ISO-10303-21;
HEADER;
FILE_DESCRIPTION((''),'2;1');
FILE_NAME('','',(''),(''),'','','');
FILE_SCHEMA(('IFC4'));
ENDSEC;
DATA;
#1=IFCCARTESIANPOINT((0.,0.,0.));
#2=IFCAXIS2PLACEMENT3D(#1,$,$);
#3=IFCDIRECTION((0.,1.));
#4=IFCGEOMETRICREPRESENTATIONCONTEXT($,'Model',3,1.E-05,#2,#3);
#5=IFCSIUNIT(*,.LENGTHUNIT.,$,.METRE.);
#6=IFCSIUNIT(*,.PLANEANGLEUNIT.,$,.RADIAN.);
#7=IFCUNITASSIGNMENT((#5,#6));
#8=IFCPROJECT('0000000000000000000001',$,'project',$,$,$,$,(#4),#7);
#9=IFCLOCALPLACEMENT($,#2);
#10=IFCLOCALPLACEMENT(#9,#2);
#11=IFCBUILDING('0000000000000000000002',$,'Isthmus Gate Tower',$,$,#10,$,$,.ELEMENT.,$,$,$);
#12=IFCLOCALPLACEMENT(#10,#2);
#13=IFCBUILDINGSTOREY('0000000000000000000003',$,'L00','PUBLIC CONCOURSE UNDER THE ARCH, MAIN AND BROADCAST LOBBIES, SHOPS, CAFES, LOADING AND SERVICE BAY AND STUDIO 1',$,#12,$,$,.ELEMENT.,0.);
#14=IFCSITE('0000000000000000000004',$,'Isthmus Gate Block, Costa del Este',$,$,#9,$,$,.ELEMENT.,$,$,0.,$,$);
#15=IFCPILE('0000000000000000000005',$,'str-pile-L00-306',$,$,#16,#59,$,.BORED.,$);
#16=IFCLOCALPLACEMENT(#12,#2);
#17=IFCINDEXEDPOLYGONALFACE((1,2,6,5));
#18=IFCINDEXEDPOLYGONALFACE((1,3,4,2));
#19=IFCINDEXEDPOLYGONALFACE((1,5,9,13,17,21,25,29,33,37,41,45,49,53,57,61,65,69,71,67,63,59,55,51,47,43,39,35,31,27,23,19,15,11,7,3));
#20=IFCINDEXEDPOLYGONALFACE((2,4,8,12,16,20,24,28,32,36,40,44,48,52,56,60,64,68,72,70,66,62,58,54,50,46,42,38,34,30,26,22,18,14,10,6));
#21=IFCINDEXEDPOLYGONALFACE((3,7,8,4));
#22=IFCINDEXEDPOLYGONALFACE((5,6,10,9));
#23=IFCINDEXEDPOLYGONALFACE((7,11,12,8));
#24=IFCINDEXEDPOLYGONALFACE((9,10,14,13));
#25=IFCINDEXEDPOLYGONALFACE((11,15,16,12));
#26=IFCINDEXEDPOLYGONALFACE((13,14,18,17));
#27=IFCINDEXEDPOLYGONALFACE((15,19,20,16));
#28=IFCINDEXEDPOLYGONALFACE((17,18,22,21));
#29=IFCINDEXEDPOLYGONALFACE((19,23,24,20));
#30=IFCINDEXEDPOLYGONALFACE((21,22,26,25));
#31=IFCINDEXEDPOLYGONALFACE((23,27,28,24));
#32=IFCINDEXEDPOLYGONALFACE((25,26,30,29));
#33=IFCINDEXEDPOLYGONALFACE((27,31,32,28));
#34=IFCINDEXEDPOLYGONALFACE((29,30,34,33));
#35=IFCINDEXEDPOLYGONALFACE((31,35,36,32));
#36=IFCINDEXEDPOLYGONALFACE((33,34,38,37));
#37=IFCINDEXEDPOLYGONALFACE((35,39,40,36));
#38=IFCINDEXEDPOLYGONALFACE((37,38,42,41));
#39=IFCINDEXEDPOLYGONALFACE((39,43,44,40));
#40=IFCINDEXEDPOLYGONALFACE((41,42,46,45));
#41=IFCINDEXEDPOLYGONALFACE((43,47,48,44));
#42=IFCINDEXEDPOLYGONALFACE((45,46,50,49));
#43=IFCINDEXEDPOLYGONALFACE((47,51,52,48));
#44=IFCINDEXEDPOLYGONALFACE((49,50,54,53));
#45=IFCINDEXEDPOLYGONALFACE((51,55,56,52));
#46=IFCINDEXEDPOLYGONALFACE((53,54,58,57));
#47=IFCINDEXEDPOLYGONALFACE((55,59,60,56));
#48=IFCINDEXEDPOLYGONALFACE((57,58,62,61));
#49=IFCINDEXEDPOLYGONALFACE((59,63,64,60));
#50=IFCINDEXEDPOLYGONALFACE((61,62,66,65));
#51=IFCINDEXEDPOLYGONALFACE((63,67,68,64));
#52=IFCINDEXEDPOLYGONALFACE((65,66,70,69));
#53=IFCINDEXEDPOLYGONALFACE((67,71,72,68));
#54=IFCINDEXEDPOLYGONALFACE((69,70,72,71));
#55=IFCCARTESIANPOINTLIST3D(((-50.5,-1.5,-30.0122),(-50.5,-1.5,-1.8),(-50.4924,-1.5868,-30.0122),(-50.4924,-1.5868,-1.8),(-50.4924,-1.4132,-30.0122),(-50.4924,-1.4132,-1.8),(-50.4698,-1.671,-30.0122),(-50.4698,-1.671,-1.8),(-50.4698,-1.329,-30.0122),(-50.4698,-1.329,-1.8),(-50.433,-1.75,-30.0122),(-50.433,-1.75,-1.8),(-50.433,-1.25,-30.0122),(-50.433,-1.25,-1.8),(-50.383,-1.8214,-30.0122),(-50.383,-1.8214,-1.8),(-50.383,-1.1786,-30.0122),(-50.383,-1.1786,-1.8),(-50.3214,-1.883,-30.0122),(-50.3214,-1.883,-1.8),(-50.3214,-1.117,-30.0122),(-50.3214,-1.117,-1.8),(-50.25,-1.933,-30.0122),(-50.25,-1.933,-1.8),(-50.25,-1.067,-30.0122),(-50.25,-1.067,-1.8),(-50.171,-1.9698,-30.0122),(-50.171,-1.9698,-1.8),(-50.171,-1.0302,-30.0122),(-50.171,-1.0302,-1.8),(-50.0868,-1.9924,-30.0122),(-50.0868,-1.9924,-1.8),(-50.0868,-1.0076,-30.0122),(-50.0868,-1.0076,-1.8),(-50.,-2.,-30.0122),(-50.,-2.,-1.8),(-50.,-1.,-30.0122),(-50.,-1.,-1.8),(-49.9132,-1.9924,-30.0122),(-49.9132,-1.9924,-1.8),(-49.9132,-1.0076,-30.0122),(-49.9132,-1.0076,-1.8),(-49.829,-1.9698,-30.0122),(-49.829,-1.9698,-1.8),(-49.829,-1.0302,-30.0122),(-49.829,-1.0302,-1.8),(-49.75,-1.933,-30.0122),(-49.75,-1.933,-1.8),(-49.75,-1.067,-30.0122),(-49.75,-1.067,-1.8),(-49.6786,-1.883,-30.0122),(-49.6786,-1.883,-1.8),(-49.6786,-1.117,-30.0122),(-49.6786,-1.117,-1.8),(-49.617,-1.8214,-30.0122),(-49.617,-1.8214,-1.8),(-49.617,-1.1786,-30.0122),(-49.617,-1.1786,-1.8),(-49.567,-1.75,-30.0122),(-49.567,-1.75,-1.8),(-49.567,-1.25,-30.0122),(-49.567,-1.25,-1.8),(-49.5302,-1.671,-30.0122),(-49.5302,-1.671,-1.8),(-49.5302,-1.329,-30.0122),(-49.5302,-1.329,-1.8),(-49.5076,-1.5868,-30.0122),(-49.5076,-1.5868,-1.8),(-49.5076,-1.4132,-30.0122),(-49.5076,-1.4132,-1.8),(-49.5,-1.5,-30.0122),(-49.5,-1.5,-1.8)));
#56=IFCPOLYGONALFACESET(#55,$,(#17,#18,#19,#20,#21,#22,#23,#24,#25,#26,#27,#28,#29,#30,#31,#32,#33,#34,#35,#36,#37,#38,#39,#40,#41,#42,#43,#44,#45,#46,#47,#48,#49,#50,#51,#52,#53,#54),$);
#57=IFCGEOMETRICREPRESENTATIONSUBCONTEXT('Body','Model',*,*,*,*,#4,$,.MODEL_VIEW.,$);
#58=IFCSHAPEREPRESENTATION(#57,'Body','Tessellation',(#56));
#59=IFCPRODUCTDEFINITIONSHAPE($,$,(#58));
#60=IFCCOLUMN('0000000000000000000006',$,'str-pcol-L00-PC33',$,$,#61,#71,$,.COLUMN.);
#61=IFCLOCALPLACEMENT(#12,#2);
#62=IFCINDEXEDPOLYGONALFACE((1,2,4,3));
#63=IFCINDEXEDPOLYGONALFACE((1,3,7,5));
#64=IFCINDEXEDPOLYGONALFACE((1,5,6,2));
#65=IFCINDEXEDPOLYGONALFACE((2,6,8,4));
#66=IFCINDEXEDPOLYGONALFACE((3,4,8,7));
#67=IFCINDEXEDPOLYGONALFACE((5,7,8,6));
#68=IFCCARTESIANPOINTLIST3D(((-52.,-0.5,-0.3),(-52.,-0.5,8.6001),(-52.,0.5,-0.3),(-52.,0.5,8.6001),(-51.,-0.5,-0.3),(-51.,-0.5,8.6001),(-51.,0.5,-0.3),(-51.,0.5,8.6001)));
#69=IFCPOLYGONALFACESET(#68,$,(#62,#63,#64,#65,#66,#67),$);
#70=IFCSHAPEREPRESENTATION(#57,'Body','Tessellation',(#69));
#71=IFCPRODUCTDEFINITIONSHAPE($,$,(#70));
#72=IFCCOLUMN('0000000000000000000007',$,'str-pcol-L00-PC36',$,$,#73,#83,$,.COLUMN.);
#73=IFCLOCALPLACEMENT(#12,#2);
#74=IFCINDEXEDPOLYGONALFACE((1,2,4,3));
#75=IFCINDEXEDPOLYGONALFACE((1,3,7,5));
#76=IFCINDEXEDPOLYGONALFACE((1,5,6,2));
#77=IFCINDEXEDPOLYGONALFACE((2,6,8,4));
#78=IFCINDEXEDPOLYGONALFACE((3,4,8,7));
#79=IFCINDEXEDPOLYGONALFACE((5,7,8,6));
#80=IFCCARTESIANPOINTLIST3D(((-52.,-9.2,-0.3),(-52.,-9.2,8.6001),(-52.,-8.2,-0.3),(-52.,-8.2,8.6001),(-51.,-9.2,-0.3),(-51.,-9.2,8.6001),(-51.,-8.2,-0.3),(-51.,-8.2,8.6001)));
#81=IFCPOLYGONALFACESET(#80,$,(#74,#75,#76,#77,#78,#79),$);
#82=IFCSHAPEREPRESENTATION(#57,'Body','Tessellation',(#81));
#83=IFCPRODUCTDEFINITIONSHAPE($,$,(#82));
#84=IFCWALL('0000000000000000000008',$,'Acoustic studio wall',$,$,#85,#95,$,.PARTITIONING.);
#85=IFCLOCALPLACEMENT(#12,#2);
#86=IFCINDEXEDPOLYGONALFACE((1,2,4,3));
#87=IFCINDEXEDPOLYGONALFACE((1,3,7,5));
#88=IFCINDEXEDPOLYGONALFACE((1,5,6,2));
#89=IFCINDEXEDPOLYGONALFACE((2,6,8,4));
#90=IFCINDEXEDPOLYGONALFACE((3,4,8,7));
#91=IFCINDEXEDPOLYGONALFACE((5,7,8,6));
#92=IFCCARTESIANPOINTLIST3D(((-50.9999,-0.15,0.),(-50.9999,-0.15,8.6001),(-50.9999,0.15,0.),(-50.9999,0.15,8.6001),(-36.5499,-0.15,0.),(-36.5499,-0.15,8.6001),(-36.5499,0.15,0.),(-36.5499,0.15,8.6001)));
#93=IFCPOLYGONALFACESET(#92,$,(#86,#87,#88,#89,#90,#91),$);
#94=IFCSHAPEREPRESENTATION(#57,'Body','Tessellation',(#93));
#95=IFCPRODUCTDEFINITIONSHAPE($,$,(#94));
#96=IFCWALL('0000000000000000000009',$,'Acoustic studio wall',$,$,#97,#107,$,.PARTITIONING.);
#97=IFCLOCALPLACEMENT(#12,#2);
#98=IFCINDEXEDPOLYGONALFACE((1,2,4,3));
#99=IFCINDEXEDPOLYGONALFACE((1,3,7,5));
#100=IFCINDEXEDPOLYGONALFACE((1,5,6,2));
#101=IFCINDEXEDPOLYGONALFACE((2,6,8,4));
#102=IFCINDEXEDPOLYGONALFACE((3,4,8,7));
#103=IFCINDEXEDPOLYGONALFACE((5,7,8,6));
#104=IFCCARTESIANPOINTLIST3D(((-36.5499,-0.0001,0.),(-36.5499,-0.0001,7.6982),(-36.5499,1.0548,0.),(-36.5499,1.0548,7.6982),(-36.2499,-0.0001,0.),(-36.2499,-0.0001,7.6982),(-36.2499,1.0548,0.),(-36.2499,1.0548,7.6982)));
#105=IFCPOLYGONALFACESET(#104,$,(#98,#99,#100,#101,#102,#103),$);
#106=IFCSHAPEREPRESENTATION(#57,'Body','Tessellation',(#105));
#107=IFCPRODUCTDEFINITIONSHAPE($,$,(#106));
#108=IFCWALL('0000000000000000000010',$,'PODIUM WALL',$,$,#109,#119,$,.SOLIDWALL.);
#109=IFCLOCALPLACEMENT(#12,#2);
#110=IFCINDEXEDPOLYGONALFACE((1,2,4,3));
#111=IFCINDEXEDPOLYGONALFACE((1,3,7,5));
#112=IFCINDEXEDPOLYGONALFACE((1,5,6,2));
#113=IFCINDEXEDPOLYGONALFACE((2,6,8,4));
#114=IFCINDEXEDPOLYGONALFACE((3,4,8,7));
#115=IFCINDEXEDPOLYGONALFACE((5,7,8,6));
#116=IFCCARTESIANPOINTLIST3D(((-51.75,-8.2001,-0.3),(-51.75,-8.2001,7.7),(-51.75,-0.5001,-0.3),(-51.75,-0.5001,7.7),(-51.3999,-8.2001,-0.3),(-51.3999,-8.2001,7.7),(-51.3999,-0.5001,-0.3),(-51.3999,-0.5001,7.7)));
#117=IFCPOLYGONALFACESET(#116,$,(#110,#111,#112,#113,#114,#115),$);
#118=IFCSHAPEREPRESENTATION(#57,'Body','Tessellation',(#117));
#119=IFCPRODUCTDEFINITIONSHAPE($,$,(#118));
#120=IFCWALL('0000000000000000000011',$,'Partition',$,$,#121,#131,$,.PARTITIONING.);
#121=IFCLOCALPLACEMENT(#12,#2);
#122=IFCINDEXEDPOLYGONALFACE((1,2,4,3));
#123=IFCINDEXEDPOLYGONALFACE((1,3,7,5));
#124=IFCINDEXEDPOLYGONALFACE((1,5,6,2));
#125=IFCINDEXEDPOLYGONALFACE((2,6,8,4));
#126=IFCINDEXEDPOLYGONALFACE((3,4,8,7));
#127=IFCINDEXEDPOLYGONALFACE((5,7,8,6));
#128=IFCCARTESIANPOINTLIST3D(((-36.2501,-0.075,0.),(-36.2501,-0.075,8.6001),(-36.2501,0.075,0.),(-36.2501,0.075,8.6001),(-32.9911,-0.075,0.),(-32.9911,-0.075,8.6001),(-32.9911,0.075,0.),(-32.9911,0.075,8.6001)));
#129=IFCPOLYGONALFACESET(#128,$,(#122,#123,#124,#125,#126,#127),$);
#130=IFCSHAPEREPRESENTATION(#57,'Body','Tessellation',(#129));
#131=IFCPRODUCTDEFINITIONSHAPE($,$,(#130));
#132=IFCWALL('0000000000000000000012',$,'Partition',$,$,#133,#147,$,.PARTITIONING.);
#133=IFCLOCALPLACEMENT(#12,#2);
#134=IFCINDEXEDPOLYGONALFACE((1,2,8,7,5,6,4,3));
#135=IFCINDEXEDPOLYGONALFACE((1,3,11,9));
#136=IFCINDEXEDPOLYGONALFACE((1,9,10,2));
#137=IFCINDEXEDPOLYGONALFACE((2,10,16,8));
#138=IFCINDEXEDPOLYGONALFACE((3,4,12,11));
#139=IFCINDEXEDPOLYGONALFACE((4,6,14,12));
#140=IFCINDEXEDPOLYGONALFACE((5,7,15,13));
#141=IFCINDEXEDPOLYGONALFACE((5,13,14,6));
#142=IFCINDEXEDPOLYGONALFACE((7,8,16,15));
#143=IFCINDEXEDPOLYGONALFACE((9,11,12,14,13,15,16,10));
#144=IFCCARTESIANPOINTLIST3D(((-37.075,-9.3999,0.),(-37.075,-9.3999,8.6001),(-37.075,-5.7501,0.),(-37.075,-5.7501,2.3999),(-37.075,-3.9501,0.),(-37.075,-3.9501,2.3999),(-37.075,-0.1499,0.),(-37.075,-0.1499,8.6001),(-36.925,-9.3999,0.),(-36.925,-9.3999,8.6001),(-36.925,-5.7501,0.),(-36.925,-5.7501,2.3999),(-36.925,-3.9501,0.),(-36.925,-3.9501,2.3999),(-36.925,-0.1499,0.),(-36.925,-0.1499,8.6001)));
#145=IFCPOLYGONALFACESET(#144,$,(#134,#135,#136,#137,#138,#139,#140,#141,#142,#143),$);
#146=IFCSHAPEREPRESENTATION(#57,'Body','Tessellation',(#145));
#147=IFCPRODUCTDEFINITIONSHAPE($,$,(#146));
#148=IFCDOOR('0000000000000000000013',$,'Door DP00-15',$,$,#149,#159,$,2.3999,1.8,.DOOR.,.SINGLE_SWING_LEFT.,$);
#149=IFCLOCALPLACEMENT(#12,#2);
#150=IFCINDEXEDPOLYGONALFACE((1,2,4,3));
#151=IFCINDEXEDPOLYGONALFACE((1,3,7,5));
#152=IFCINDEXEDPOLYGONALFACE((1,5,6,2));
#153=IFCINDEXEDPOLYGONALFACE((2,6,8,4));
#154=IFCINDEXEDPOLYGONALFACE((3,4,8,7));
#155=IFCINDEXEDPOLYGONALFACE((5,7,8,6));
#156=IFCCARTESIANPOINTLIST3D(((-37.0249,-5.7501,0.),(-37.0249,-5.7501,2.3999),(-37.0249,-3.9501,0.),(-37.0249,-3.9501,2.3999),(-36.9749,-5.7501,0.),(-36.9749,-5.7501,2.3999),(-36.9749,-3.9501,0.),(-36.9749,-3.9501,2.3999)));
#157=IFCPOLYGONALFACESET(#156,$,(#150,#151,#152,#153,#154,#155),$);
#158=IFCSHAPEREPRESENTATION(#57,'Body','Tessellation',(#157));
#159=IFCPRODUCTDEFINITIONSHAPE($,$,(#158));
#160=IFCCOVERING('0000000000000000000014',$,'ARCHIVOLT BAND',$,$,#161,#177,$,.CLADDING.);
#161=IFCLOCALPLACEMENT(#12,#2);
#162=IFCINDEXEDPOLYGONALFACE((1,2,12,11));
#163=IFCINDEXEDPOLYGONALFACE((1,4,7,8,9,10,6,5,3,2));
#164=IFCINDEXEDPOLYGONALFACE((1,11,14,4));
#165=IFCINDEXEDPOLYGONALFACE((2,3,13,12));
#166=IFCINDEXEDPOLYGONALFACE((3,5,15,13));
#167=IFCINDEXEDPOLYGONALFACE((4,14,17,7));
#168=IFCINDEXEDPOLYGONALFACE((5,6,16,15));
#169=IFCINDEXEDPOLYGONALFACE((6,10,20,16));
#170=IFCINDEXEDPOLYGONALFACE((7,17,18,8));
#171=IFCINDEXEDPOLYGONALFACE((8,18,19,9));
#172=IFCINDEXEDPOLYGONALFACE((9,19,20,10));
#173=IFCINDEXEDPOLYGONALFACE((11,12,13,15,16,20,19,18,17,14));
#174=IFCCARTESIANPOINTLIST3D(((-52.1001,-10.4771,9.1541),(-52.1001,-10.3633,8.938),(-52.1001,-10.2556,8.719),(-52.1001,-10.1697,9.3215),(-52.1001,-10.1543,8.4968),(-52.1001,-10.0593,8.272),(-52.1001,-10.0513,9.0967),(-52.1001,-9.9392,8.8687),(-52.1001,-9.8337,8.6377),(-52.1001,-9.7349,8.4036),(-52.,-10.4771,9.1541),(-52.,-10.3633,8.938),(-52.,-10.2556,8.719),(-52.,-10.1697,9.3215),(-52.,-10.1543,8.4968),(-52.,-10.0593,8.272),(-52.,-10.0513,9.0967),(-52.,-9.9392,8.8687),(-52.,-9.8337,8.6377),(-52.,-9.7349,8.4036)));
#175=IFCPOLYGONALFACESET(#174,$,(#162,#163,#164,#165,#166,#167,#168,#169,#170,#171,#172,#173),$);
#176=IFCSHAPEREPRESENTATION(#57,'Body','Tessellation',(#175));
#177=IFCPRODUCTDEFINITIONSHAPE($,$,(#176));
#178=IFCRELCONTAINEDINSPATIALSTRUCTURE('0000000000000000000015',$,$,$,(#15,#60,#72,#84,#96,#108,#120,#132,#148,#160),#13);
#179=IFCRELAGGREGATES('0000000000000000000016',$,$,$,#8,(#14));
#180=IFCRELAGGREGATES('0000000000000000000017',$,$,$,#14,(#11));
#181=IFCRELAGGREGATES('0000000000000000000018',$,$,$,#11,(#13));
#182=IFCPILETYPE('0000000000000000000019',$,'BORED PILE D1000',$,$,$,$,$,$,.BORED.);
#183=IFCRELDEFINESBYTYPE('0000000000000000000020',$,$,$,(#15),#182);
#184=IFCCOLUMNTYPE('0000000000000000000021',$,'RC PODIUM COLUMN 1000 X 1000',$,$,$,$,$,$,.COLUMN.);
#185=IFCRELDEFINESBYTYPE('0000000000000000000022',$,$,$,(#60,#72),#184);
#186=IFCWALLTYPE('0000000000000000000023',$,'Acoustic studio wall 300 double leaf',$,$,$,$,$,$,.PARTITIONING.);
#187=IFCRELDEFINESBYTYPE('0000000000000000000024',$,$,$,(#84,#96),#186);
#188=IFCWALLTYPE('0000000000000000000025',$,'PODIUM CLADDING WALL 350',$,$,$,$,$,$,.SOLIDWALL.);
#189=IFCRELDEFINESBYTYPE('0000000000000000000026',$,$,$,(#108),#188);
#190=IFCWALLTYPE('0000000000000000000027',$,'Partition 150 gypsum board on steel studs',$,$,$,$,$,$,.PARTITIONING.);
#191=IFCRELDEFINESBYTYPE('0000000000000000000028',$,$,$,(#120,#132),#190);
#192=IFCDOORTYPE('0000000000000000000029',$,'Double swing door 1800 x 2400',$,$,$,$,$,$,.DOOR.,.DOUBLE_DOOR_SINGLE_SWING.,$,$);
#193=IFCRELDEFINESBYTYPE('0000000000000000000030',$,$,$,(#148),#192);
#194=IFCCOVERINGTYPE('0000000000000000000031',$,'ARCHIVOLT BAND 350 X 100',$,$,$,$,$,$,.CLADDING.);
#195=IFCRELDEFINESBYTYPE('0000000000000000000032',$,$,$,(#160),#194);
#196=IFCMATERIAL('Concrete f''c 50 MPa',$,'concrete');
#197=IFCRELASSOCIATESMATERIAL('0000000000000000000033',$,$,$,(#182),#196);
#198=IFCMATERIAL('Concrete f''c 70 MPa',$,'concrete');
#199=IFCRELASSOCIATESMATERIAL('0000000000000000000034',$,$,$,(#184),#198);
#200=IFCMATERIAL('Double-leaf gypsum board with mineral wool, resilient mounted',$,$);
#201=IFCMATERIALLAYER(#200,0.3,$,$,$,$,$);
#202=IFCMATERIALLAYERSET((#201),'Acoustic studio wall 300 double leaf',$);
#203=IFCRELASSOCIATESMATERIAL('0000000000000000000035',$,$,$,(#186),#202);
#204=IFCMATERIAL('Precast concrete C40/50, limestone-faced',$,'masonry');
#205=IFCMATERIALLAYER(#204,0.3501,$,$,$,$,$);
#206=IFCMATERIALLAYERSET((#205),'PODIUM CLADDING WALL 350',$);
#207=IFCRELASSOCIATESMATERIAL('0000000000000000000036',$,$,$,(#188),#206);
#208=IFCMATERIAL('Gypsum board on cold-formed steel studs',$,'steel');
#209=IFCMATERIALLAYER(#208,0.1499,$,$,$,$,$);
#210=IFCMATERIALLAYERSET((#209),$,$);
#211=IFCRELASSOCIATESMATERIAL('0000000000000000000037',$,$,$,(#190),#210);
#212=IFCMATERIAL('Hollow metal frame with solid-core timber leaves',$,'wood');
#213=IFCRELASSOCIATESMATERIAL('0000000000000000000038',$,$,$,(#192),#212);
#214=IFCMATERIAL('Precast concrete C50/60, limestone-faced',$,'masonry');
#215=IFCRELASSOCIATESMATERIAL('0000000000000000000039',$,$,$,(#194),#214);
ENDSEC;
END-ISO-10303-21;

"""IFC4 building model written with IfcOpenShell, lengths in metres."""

from ifc_helpers import new_model, si_unit, direction, frame, frame_2d, origin, origin_2d, place, context, subcontext, project, spatial, polyline, rectangle, circle, outline, extrude, material, layer, layer_set, material_profile, profile_set, type_object, element, fill, save


model = new_model("IFC4")

# Units and contexts
model_context = context("Model", 3, precision=1e-05, world=origin(), true_north=direction((0.0, 1.0)))
body_context = subcontext(model_context, "Body", "Model", "MODEL_VIEW")
ifc_project = project(units=[si_unit("LENGTHUNIT", "METRE"), si_unit("PLANEANGLEUNIT", "RADIAN")], contexts=[model_context])

# Site, building, storey
site_placement = place(None, origin())
site = spatial("IfcSite", under=ifc_project, at=site_placement, Name="Isthmus Gate Block, Costa del Este", CompositionType="ELEMENT", RefElevation=0.0)
building_placement = place(site_placement, origin())
building = spatial("IfcBuilding", under=site, at=building_placement, Name="Isthmus Gate Tower", CompositionType="ELEMENT")
storey_placement = place(building_placement, origin())
storey = spatial("IfcBuildingStorey", under=building, at=storey_placement, Name="L00", Description="PUBLIC CONCOURSE UNDER THE ARCH, MAIN AND BROADCAST LOBBIES, SHOPS, CAFES, LOADING AND SERVICE BAY AND STUDIO 1", CompositionType="ELEMENT", Elevation=0.0)

# Pile
ifc_material_1 = material(Name="Concrete f'c 50 MPa", Category="concrete")
ifc_material_profile_1 = material_profile(ifc_material_1, circle(Radius=0.5, at=origin_2d()), Name="D1000")
ifc_profile_set_1 = profile_set([ifc_material_profile_1], Name="Concrete f'c 50 MPa")
pile_type = type_object("IfcPileType", Name="BORED PILE D1000", PredefinedType="BORED", material=ifc_profile_set_1)
pile_1_placement = place(storey_placement, frame((-50.0, -1.5, -1.8), z_axis=(0.0, 0.0, -1.0), x_axis=(1.0, 0.0, 0.0)))
element("IfcPile", 1, at=pile_1_placement, inside=storey, type_object=pile_type, Name="str-pile-L00-306", PredefinedType="BORED", context=body_context, shape_type="SweptSolid", body=[
    extrude(circle(Radius=0.5, at=origin_2d()), origin(), (0.0, 0.0, 1.0), 28.2122),
])

# Columns
ifc_material_2 = material(Name="Concrete f'c 70 MPa", Category="concrete")
ifc_material_profile_2 = material_profile(ifc_material_2, rectangle(XDim=1.0, YDim=1.0, at=origin_2d()), Name="RC 1000X1000")
ifc_profile_set_2 = profile_set([ifc_material_profile_2], Name="Concrete f'c 70 MPa")
column_type = type_object("IfcColumnType", Name="RC PODIUM COLUMN 1000 X 1000", PredefinedType="COLUMN", material=ifc_profile_set_2)
for number, where, z_axis, x_axis, name in (
    (2, (-51.5, 0.0, -0.3), (0.0, 0.0, 1.0), (0.0, -1.0, 0.0), "str-pcol-L00-PC33"),
    (3, (-51.5, -8.7, -0.3), (0.0, 0.0, 1.0), (0.0, 1.0, 0.0), "str-pcol-L00-PC36"),
):
    element("IfcColumn", number, at=place(storey_placement, frame(where, z_axis=z_axis, x_axis=x_axis)), inside=storey, type_object=column_type, Name=name, PredefinedType="COLUMN", context=body_context, shape_type="SweptSolid", body=[
        extrude(rectangle(XDim=1.0, YDim=1.0, at=origin_2d()), origin(), (0.0, 0.0, 1.0), 8.9001),
    ])

# Walls
ifc_material_3 = material(Name="Double-leaf gypsum board with mineral wool, resilient mounted")
ifc_layer_1 = layer(ifc_material_3, 0.3)
ifc_layer_set_1 = layer_set([ifc_layer_1], Name="Acoustic studio wall 300 double leaf")
wall_type_1 = type_object("IfcWallType", Name="Acoustic studio wall 300 double leaf", PredefinedType="PARTITIONING", material=ifc_layer_set_1)
wall_1_placement = place(storey_placement, frame((-51.0, 0.0, 0.0), z_axis=(0.0, 0.0, 1.0), x_axis=(1.0, 0.0, 0.0)))
element("IfcWall", 4, at=wall_1_placement, inside=storey, type_object=wall_type_1, Name="Acoustic studio wall", PredefinedType="PARTITIONING", context=body_context, shape_type="SweptSolid", body=[
    extrude(rectangle(XDim=14.45, YDim=0.3, at=frame_2d((7.2251, 0.0))), origin(), (0.0, 0.0, 1.0), 8.6001),
])
wall_2_placement = place(storey_placement, frame((-36.3999, 0.0, 0.0), z_axis=(0.0, 0.0, 1.0), x_axis=(0.0, 1.0, 0.0)))
element("IfcWall", 5, at=wall_2_placement, inside=storey, type_object=wall_type_1, Name="Acoustic studio wall", PredefinedType="PARTITIONING", context=body_context, shape_type="SweptSolid", body=[
    extrude(rectangle(XDim=1.0549, YDim=0.3, at=frame_2d((0.5273, 0.0))), origin(), (0.0, 0.0, 1.0), 7.6982),
])
ifc_material_4 = material(Name="Precast concrete C40/50, limestone-faced", Category="masonry")
ifc_layer_2 = layer(ifc_material_4, 0.3501)
ifc_layer_set_2 = layer_set([ifc_layer_2], Name="PODIUM CLADDING WALL 350")
wall_type_2 = type_object("IfcWallType", Name="PODIUM CLADDING WALL 350", PredefinedType="SOLIDWALL", material=ifc_layer_set_2)
wall_3_placement = place(storey_placement, frame((-51.575, -0.5, -0.3), z_axis=(0.0, 0.0, 1.0), x_axis=(0.0, -1.0, 0.0)))
element("IfcWall", 6, at=wall_3_placement, inside=storey, type_object=wall_type_2, Name="PODIUM WALL", PredefinedType="SOLIDWALL", context=body_context, shape_type="SweptSolid", body=[
    extrude(rectangle(XDim=7.7, YDim=0.3501, at=frame_2d((3.8501, 0.0))), origin(), (0.0, 0.0, 1.0), 8.0),
])
ifc_material_5 = material(Name="Gypsum board on cold-formed steel studs", Category="steel")
ifc_layer_3 = layer(ifc_material_5, 0.1499)
ifc_layer_set_3 = layer_set([ifc_layer_3])
wall_type_3 = type_object("IfcWallType", Name="Partition 150 gypsum board on steel studs", PredefinedType="PARTITIONING", material=ifc_layer_set_3)
wall_4_placement = place(storey_placement, frame((-36.25, 0.0, 0.0), z_axis=(0.0, 0.0, 1.0), x_axis=(1.0, 0.0, 0.0)))
element("IfcWall", 7, at=wall_4_placement, inside=storey, type_object=wall_type_3, Name="Partition", PredefinedType="PARTITIONING", context=body_context, shape_type="SweptSolid", body=[
    extrude(rectangle(XDim=3.259, YDim=0.1499, at=frame_2d((1.6294, 0.0))), origin(), (0.0, 0.0, 1.0), 8.6001),
])

# Wall, opening, door
wall_5_placement = place(storey_placement, frame((-37.0, -9.3999, 0.0), z_axis=(0.0, 0.0, 1.0), x_axis=(0.0, 1.0, 0.0)))
wall_5 = element("IfcWall", 8, at=wall_5_placement, inside=storey, type_object=wall_type_3, Name="Partition", PredefinedType="PARTITIONING", context=body_context, shape_type="SweptSolid", body=[
    extrude(rectangle(XDim=9.25, YDim=0.1499, at=frame_2d((4.625, 0.0))), origin(), (0.0, 0.0, 1.0), 8.6001),
])
opening_1_placement = place(wall_5_placement, frame((3.6499, 0.0, 0.0)))
opening_1 = element("IfcOpeningElement", 9, at=opening_1_placement, cuts=wall_5, PredefinedType="OPENING", context=body_context, shape_type="SweptSolid", body=[
    extrude(rectangle(XDim=1.8, YDim=2.3999, at=frame_2d((0.8999, 1.2))), frame((0.0, 0.085, 0.0), z_axis=(0.0, -1.0, 0.0), x_axis=(1.0, 0.0, 0.0)), (0.0, 0.0, 1.0), 0.1699),
])
ifc_material_6 = material(Name="Hollow metal frame with solid-core timber leaves", Category="wood")
door_type_1 = type_object("IfcDoorType", Name="Double swing door 1800 x 2400", OperationType="DOUBLE_DOOR_SINGLE_SWING", PredefinedType="DOOR", material=ifc_material_6)
door_1_placement = place(opening_1_placement, origin())
door_1 = element("IfcDoor", 10, at=door_1_placement, inside=storey, type_object=door_type_1, Name="Door DP00-15", OperationType="SINGLE_SWING_LEFT", OverallHeight=2.3999, OverallWidth=1.8, PredefinedType="DOOR", context=body_context, shape_type="SweptSolid", body=[
    extrude(rectangle(XDim=1.8, YDim=2.3999, at=frame_2d((0.8999, 1.2))), frame((0.0, 0.0249, 0.0), z_axis=(0.0, -1.0, 0.0), x_axis=(1.0, 0.0, 0.0)), (0.0, 0.0, 1.0), 0.05),
])
fill(opening_1, door_1)

# Covering
ifc_material_7 = material(Name="Precast concrete C50/60, limestone-faced", Category="masonry")
covering_type_1 = type_object("IfcCoveringType", Name="ARCHIVOLT BAND 350 X 100", PredefinedType="CLADDING", material=ifc_material_7)
covering_1_placement = place(storey_placement, frame((-52.1001, -10.1697, 9.3215), z_axis=(-1.0, 0.0, 0.0), x_axis=(0.0, 0.465944, -0.884814)))
element("IfcCovering", 11, at=covering_1_placement, inside=storey, type_object=covering_type_1, Name="ARCHIVOLT BAND", PredefinedType="CLADDING", context=body_context, shape_type="SweptSolid", body=[
    extrude(outline(polyline([(0.0, 0.0), (0.2541, 0.0), (0.5081, 0.0071), (0.7616, 0.0214), (1.0148, 0.043), (0.9801, 0.3914), (0.7369, 0.3707), (0.4931, 0.3568), (0.2492, 0.35), (0.005, 0.35), (0.0, 0.0)])), origin(), (0.0, 0.0, -1.0), 0.1001),
])

save(model, "model.ifc")
